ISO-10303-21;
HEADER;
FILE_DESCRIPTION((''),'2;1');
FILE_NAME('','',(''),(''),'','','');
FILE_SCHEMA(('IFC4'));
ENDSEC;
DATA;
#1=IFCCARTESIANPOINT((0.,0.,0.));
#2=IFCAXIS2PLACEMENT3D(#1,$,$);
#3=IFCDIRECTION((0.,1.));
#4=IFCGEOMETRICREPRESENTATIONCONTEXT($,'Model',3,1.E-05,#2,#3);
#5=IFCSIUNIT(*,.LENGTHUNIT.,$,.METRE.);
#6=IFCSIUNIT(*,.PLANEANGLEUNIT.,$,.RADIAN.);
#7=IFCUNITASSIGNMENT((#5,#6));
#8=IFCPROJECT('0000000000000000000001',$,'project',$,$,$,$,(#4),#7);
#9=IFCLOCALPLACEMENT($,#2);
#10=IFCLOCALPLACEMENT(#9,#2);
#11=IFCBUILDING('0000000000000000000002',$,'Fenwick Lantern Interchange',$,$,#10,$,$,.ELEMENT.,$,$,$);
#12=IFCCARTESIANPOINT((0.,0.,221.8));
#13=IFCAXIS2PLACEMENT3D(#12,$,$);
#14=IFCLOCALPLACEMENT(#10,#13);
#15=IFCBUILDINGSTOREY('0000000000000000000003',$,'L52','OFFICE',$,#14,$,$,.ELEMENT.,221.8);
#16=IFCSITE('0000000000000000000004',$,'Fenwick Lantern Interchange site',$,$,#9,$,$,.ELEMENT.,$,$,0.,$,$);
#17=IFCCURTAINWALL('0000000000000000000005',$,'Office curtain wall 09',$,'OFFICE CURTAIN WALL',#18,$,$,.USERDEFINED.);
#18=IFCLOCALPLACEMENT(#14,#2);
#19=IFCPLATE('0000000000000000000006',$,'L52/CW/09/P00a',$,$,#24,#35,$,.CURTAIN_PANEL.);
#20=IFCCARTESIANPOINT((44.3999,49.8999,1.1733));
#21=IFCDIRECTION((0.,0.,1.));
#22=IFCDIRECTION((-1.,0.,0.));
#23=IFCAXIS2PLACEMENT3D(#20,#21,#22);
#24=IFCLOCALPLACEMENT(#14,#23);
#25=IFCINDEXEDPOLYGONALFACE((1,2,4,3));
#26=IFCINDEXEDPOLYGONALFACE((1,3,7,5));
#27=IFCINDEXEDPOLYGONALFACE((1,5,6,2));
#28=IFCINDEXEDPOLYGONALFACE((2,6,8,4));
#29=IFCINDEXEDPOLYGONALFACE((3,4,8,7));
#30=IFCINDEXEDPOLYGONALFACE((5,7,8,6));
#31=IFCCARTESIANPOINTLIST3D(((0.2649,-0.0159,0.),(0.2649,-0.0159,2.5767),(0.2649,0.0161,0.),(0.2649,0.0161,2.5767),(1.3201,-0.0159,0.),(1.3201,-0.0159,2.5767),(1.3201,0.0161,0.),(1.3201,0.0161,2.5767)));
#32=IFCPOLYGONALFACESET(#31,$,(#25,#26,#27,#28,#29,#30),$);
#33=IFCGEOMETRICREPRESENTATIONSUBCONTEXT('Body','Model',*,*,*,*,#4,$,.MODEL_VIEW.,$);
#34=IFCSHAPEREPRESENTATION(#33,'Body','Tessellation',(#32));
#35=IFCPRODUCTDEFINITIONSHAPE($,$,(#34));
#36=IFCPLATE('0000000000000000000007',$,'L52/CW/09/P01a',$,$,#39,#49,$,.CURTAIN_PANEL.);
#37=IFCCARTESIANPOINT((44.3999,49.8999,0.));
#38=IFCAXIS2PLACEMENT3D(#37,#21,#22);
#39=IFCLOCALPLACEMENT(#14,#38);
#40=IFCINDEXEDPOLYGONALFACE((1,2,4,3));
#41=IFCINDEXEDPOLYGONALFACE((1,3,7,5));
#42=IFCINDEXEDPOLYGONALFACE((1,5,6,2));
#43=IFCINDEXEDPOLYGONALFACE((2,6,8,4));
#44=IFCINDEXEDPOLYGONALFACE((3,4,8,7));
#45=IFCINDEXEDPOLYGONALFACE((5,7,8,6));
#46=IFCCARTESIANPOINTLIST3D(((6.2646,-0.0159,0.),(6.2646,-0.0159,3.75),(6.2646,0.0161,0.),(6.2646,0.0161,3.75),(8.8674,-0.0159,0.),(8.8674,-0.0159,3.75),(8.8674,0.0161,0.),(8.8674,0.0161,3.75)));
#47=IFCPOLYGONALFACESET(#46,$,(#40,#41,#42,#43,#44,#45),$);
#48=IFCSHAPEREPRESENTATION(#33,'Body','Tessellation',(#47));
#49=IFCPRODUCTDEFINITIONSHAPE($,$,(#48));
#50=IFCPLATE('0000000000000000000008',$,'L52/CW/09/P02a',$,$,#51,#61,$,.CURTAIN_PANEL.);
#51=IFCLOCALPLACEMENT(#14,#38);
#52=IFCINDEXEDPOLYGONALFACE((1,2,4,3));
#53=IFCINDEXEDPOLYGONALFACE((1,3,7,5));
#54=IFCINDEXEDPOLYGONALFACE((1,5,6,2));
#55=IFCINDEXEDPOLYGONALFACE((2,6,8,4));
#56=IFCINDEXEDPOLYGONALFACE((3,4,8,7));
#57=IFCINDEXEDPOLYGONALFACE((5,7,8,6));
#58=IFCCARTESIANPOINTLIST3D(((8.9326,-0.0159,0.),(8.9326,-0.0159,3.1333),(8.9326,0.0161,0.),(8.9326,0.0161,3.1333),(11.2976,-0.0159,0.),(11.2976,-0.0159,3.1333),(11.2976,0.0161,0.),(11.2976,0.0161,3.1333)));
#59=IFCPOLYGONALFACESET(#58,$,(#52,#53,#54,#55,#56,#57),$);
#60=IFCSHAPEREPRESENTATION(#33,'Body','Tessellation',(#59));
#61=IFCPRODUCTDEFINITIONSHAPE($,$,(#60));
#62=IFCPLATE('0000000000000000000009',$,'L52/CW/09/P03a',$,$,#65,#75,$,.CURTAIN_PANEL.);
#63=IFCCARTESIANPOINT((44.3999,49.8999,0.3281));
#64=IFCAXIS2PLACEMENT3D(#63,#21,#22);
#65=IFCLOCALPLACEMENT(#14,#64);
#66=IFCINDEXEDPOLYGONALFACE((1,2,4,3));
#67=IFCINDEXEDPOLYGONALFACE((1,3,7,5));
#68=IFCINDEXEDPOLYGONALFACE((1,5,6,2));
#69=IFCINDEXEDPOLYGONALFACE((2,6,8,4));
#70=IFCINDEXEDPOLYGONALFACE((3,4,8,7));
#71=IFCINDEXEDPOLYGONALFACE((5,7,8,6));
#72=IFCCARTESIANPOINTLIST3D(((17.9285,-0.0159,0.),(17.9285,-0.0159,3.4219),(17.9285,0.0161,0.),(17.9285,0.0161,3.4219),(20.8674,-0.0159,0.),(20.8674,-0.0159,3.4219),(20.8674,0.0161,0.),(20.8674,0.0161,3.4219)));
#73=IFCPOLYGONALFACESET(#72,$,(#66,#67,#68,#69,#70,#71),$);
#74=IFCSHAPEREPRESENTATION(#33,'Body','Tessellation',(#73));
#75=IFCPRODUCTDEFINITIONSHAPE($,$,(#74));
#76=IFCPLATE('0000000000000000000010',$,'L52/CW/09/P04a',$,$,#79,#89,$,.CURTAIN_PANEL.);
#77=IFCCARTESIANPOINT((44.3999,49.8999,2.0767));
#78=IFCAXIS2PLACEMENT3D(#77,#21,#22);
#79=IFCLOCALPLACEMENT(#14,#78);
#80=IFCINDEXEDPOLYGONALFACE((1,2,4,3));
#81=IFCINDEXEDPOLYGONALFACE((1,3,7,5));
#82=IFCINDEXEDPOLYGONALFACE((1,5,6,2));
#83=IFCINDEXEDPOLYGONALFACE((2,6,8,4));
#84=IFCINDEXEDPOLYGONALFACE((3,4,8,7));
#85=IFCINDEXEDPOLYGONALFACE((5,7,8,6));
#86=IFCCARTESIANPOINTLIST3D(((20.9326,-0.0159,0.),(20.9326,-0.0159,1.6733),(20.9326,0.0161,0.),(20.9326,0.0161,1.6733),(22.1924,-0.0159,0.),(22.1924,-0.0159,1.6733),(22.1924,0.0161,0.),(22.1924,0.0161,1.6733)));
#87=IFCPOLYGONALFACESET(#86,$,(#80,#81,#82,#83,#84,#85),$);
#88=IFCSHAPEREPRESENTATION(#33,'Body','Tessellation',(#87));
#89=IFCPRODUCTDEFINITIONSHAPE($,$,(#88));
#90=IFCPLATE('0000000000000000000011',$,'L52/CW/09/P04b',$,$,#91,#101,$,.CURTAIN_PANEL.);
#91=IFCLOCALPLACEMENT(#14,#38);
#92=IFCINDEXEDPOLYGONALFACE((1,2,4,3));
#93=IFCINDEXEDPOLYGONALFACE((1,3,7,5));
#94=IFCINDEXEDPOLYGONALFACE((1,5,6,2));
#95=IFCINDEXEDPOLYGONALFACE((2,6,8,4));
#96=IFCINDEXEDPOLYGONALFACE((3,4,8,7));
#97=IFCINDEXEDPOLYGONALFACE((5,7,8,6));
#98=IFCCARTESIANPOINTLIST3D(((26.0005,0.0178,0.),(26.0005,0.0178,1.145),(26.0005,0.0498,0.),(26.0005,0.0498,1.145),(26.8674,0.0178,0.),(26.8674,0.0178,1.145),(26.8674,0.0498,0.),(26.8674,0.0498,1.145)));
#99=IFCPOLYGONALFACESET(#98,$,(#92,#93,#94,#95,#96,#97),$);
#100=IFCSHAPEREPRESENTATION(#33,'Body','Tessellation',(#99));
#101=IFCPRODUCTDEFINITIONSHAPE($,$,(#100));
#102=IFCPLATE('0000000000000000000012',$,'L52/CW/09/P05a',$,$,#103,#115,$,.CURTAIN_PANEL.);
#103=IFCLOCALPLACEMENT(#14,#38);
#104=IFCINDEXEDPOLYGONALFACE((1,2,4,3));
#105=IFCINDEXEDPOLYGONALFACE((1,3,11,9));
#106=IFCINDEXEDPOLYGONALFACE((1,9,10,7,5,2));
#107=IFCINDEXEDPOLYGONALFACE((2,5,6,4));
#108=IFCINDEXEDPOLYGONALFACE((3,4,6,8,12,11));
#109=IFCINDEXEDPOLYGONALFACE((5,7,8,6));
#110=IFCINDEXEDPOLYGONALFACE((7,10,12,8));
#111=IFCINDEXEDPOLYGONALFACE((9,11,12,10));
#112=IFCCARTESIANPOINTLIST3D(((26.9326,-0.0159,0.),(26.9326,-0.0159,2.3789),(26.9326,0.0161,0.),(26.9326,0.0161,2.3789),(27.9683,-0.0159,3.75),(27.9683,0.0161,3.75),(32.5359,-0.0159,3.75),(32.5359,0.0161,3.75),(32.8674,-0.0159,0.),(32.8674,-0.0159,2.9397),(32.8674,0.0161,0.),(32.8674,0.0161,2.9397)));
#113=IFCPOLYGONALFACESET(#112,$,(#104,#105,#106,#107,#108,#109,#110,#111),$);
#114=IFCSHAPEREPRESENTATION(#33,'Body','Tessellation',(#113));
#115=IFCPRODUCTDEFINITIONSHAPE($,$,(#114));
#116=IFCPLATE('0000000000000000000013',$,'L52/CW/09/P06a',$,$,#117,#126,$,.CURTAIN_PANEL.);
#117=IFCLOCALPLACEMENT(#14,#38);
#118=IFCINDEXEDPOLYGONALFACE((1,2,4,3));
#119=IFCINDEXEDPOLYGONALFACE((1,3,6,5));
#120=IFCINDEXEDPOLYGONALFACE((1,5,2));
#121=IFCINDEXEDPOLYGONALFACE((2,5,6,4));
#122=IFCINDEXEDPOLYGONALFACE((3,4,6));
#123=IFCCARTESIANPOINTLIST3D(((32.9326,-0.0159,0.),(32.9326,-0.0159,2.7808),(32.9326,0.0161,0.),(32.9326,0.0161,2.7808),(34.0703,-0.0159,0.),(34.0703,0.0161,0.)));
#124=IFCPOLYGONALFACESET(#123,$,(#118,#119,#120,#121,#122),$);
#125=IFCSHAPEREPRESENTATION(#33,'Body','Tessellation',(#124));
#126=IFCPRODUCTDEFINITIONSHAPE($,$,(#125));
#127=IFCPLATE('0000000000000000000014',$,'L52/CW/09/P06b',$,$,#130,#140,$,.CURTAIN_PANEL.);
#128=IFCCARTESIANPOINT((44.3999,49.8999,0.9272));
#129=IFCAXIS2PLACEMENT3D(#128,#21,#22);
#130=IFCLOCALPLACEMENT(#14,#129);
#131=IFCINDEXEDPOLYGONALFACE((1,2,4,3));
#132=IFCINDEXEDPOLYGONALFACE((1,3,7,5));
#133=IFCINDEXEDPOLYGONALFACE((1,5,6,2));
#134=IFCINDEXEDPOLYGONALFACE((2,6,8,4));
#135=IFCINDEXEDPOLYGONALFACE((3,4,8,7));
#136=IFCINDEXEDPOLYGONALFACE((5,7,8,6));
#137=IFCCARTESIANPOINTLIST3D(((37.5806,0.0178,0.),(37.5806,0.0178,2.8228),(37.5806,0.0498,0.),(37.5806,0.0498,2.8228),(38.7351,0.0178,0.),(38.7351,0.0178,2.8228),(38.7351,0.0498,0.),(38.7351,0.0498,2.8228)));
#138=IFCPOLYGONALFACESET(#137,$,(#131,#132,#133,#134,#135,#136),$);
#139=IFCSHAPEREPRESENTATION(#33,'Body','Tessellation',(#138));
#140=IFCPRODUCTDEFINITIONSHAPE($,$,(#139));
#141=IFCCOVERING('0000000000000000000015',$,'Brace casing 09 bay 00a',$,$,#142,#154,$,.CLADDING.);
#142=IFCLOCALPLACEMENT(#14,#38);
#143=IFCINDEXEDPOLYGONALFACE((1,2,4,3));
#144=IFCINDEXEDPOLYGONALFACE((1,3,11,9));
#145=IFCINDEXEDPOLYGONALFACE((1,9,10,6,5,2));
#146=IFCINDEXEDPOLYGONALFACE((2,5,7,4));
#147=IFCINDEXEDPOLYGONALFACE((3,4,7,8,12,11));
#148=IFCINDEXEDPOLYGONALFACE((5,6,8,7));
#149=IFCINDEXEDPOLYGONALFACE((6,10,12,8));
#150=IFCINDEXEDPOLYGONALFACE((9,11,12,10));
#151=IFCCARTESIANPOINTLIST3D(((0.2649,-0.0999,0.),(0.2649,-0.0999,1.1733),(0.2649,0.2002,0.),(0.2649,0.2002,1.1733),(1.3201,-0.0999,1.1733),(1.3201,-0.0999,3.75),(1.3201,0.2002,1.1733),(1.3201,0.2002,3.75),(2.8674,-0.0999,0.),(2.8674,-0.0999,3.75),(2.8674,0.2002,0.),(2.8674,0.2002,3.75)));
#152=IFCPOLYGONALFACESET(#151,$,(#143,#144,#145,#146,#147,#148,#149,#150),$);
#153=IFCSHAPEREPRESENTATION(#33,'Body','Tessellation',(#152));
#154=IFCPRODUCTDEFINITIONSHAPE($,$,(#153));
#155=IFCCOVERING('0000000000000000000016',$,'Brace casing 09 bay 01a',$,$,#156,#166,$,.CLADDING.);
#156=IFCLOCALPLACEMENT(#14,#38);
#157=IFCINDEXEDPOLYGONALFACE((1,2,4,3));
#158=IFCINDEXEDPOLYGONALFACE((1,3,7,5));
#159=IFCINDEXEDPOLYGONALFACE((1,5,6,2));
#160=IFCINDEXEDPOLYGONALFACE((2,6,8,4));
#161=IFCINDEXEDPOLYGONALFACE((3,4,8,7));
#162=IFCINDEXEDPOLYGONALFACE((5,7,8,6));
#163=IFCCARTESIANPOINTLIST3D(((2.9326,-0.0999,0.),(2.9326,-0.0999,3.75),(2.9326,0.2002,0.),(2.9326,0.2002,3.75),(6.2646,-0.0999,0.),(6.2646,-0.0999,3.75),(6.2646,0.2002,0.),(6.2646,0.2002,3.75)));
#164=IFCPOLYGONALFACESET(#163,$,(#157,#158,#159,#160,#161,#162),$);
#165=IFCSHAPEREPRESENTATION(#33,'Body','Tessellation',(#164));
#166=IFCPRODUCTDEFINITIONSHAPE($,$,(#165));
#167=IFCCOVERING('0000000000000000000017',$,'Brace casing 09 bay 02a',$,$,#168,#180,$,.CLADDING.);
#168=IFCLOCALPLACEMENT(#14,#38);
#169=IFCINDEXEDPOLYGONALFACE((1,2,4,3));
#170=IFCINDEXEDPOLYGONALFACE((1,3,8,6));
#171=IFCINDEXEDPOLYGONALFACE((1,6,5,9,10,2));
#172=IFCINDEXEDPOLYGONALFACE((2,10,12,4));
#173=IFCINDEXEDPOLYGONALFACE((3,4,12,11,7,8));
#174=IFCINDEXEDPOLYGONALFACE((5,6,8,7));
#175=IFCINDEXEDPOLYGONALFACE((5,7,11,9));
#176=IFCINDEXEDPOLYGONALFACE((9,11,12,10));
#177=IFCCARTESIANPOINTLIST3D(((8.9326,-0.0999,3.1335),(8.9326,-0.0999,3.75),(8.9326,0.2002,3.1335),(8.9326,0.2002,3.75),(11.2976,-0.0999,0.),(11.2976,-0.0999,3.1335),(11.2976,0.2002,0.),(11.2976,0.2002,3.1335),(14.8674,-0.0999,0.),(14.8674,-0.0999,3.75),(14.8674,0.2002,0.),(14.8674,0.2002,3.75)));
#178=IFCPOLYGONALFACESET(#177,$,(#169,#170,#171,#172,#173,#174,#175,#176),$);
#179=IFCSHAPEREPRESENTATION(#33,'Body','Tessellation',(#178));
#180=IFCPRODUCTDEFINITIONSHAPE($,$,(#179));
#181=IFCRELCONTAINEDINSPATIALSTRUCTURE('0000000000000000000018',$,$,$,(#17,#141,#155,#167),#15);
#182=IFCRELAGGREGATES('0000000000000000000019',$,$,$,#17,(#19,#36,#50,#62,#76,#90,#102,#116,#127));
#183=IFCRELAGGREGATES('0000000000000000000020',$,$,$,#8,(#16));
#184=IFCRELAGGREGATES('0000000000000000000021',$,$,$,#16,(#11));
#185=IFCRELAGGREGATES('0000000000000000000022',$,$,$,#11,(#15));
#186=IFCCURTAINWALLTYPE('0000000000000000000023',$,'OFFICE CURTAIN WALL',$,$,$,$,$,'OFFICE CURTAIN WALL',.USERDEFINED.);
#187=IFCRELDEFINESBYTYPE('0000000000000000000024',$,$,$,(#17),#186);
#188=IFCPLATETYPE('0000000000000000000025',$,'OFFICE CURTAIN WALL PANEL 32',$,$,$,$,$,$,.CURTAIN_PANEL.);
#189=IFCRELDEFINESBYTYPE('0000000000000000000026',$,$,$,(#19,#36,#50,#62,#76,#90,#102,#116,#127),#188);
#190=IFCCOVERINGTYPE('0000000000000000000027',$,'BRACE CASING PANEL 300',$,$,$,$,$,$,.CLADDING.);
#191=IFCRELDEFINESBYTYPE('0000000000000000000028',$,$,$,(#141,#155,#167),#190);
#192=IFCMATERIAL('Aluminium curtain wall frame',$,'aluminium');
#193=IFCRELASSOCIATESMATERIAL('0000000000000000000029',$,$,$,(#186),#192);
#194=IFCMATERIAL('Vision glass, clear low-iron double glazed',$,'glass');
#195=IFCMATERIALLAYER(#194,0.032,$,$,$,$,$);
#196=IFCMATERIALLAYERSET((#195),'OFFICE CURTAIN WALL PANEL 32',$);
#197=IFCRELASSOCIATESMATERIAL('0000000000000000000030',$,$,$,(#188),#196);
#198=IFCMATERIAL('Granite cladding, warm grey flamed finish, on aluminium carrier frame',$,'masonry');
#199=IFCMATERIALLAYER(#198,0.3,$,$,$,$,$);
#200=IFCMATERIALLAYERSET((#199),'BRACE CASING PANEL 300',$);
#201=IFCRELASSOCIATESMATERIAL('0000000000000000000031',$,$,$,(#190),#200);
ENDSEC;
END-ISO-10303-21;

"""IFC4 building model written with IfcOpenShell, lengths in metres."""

from ifc_helpers import new_model, si_unit, direction, frame, origin, place, context, subcontext, project, spatial, polyline, outline, extrude, material, layer, layer_set, type_object, element, aggregate, save


model = new_model("IFC4")

# Units and contexts
model_context = context("Model", 3, precision=1e-05, world=origin(), true_north=direction((0.0, 1.0)))
body_context = subcontext(model_context, "Body", "Model", "MODEL_VIEW")
ifc_project = project(units=[si_unit("LENGTHUNIT", "METRE"), si_unit("PLANEANGLEUNIT", "RADIAN")], contexts=[model_context])

# Site, building, storey
site_placement = place(None, origin())
site = spatial("IfcSite", under=ifc_project, at=site_placement, Name="Fenwick Lantern Interchange site", CompositionType="ELEMENT", RefElevation=0.0)
building_placement = place(site_placement, origin())
building = spatial("IfcBuilding", under=site, at=building_placement, Name="Fenwick Lantern Interchange", CompositionType="ELEMENT")
storey_placement = place(building_placement, frame((0.0, 0.0, 221.8)))
storey = spatial("IfcBuildingStorey", under=building, at=storey_placement, Name="L52", Description="OFFICE", CompositionType="ELEMENT", Elevation=221.8)

# Shared definitions
ifc_material_1 = material(Name="Aluminium curtain wall frame", Category="aluminium")
curtain_wall_type = type_object("IfcCurtainWallType", Name="OFFICE CURTAIN WALL", ElementType="OFFICE CURTAIN WALL", PredefinedType="USERDEFINED", material=ifc_material_1)

# Curtain wall
curtain_wall_1_placement = place(storey_placement, origin())
curtain_wall_1 = element("IfcCurtainWall", 1, at=curtain_wall_1_placement, inside=storey, type_object=curtain_wall_type, Name="Office curtain wall 09", ObjectType="OFFICE CURTAIN WALL", PredefinedType="USERDEFINED")

# Plates
ifc_material_2 = material(Name="Vision glass, clear low-iron double glazed", Category="glass")
ifc_layer_1 = layer(ifc_material_2, 0.032)
ifc_layer_set_1 = layer_set([ifc_layer_1], Name="OFFICE CURTAIN WALL PANEL 32")
plate_type = type_object("IfcPlateType", Name="OFFICE CURTAIN WALL PANEL 32", PredefinedType="CURTAIN_PANEL", material=ifc_layer_set_1)
plate_1_placement = place(storey_placement, frame((44.3999, 49.8999, 1.1733), z_axis=(0.0, 0.0, 1.0), x_axis=(-1.0, 0.0, 0.0)))
plate_1 = element("IfcPlate", 2, at=plate_1_placement, type_object=plate_type, Name="L52/CW/09/P00a", PredefinedType="CURTAIN_PANEL", context=body_context, shape_type="SweptSolid", body=[
    extrude(outline(polyline([(0.2649, 0.0), (1.3201, 0.0), (1.3201, 2.5767), (0.2649, 2.5767), (0.2649, 0.0)])), frame((0.0, 0.0161, 0.0), z_axis=(0.0, -1.0, 0.0), x_axis=(1.0, 0.0, 0.0)), (0.0, 0.0, 1.0), 0.032),
])
plate_2_placement = place(storey_placement, frame((44.3999, 49.8999, 0.0), z_axis=(0.0, 0.0, 1.0), x_axis=(-1.0, 0.0, 0.0)))
plate_2 = element("IfcPlate", 3, at=plate_2_placement, type_object=plate_type, Name="L52/CW/09/P01a", PredefinedType="CURTAIN_PANEL", context=body_context, shape_type="SweptSolid", body=[
    extrude(outline(polyline([(6.2646, 0.0), (8.8674, 0.0), (8.8674, 3.75), (6.2646, 3.75), (6.2646, 0.0)])), frame((0.0, 0.0161, 0.0), z_axis=(0.0, -1.0, 0.0), x_axis=(1.0, 0.0, 0.0)), (0.0, 0.0, 1.0), 0.032),
])
plate_3_placement = place(storey_placement, frame((44.3999, 49.8999, 0.0), z_axis=(0.0, 0.0, 1.0), x_axis=(-1.0, 0.0, 0.0)))
plate_3 = element("IfcPlate", 4, at=plate_3_placement, type_object=plate_type, Name="L52/CW/09/P02a", PredefinedType="CURTAIN_PANEL", context=body_context, shape_type="SweptSolid", body=[
    extrude(outline(polyline([(8.9326, 0.0), (11.2976, 0.0), (11.2976, 3.1333), (8.9326, 3.1333), (8.9326, 0.0)])), frame((0.0, 0.0161, 0.0), z_axis=(0.0, -1.0, 0.0), x_axis=(1.0, 0.0, 0.0)), (0.0, 0.0, 1.0), 0.032),
])
plate_4_placement = place(storey_placement, frame((44.3999, 49.8999, 0.3281), z_axis=(0.0, 0.0, 1.0), x_axis=(-1.0, 0.0, 0.0)))
plate_4 = element("IfcPlate", 5, at=plate_4_placement, type_object=plate_type, Name="L52/CW/09/P03a", PredefinedType="CURTAIN_PANEL", context=body_context, shape_type="SweptSolid", body=[
    extrude(outline(polyline([(17.9285, 0.0), (20.8674, 0.0), (20.8674, 3.4219), (17.9285, 3.4219), (17.9285, 0.0)])), frame((0.0, 0.0161, 0.0), z_axis=(0.0, -1.0, 0.0), x_axis=(1.0, 0.0, 0.0)), (0.0, 0.0, 1.0), 0.032),
])
plate_5_placement = place(storey_placement, frame((44.3999, 49.8999, 2.0767), z_axis=(0.0, 0.0, 1.0), x_axis=(-1.0, 0.0, 0.0)))
plate_5 = element("IfcPlate", 6, at=plate_5_placement, type_object=plate_type, Name="L52/CW/09/P04a", PredefinedType="CURTAIN_PANEL", context=body_context, shape_type="SweptSolid", body=[
    extrude(outline(polyline([(20.9326, 0.0), (22.1924, 0.0), (22.1924, 1.6733), (20.9326, 1.6733), (20.9326, 0.0)])), frame((0.0, 0.0161, 0.0), z_axis=(0.0, -1.0, 0.0), x_axis=(1.0, 0.0, 0.0)), (0.0, 0.0, 1.0), 0.032),
])
plate_6_placement = place(storey_placement, frame((44.3999, 49.8999, 0.0), z_axis=(0.0, 0.0, 1.0), x_axis=(-1.0, 0.0, 0.0)))
plate_6 = element("IfcPlate", 7, at=plate_6_placement, type_object=plate_type, Name="L52/CW/09/P04b", PredefinedType="CURTAIN_PANEL", context=body_context, shape_type="SweptSolid", body=[
    extrude(outline(polyline([(26.0005, 0.0), (26.8674, 0.0), (26.8674, 1.145), (26.0005, 1.145), (26.0005, 0.0)])), frame((0.0, 0.0498, 0.0), z_axis=(0.0, -1.0, 0.0), x_axis=(1.0, 0.0, 0.0)), (0.0, 0.0, 1.0), 0.032),
])
plate_7_placement = place(storey_placement, frame((44.3999, 49.8999, 0.0), z_axis=(0.0, 0.0, 1.0), x_axis=(-1.0, 0.0, 0.0)))
plate_7 = element("IfcPlate", 8, at=plate_7_placement, type_object=plate_type, Name="L52/CW/09/P05a", PredefinedType="CURTAIN_PANEL", context=body_context, shape_type="SweptSolid", body=[
    extrude(outline(polyline([(26.9326, 0.0), (32.8674, 0.0), (32.8674, 2.9397), (32.5359, 3.75), (27.9683, 3.75), (26.9326, 2.3789), (26.9326, 0.0)])), frame((0.0, 0.0161, 0.0), z_axis=(0.0, -1.0, 0.0), x_axis=(1.0, 0.0, 0.0)), (0.0, 0.0, 1.0), 0.032),
])
plate_8_placement = place(storey_placement, frame((44.3999, 49.8999, 0.0), z_axis=(0.0, 0.0, 1.0), x_axis=(-1.0, 0.0, 0.0)))
plate_8 = element("IfcPlate", 9, at=plate_8_placement, type_object=plate_type, Name="L52/CW/09/P06a", PredefinedType="CURTAIN_PANEL", context=body_context, shape_type="SweptSolid", body=[
    extrude(outline(polyline([(32.9326, 0.0), (34.0703, 0.0), (32.9326, 2.7808), (32.9326, 0.0)])), frame((0.0, 0.0161, 0.0), z_axis=(0.0, -1.0, 0.0), x_axis=(1.0, 0.0, 0.0)), (0.0, 0.0, 1.0), 0.032),
])
plate_9_placement = place(storey_placement, frame((44.3999, 49.8999, 0.9272), z_axis=(0.0, 0.0, 1.0), x_axis=(-1.0, 0.0, 0.0)))
plate_9 = element("IfcPlate", 10, at=plate_9_placement, type_object=plate_type, Name="L52/CW/09/P06b", PredefinedType="CURTAIN_PANEL", context=body_context, shape_type="SweptSolid", body=[
    extrude(outline(polyline([(37.5806, 0.0), (38.7351, 0.0), (38.7351, 2.8228), (37.5806, 2.8228), (37.5806, 0.0)])), frame((0.0, 0.0498, 0.0), z_axis=(0.0, -1.0, 0.0), x_axis=(1.0, 0.0, 0.0)), (0.0, 0.0, 1.0), 0.032),
])
aggregate(curtain_wall_1, [plate_1, plate_2, plate_3, plate_4, plate_5, plate_6, plate_7, plate_8, plate_9])

# Coverings
ifc_material_3 = material(Name="Granite cladding, warm grey flamed finish, on aluminium carrier frame", Category="masonry")
ifc_layer_2 = layer(ifc_material_3, 0.3)
ifc_layer_set_2 = layer_set([ifc_layer_2], Name="BRACE CASING PANEL 300")
covering_type = type_object("IfcCoveringType", Name="BRACE CASING PANEL 300", PredefinedType="CLADDING", material=ifc_layer_set_2)
covering_1_placement = place(storey_placement, frame((44.3999, 49.8999, 0.0), z_axis=(0.0, 0.0, 1.0), x_axis=(-1.0, 0.0, 0.0)))
element("IfcCovering", 11, at=covering_1_placement, inside=storey, type_object=covering_type, Name="Brace casing 09 bay 00a", PredefinedType="CLADDING", context=body_context, shape_type="SweptSolid", body=[
    extrude(outline(polyline([(0.2649, 0.0), (2.8674, 0.0), (2.8674, 3.75), (1.3201, 3.75), (1.3201, 1.1733), (0.2649, 1.1733), (0.2649, 0.0)])), frame((0.0, 0.2002, 0.0), z_axis=(0.0, -1.0, 0.0), x_axis=(1.0, 0.0, 0.0)), (0.0, 0.0, 1.0), 0.3),
])
covering_2_placement = place(storey_placement, frame((44.3999, 49.8999, 0.0), z_axis=(0.0, 0.0, 1.0), x_axis=(-1.0, 0.0, 0.0)))
element("IfcCovering", 12, at=covering_2_placement, inside=storey, type_object=covering_type, Name="Brace casing 09 bay 01a", PredefinedType="CLADDING", context=body_context, shape_type="SweptSolid", body=[
    extrude(outline(polyline([(2.9326, 0.0), (6.2646, 0.0), (6.2646, 3.75), (2.9326, 3.75), (2.9326, 0.0)])), frame((0.0, 0.2002, 0.0), z_axis=(0.0, -1.0, 0.0), x_axis=(1.0, 0.0, 0.0)), (0.0, 0.0, 1.0), 0.3),
])
covering_3_placement = place(storey_placement, frame((44.3999, 49.8999, 0.0), z_axis=(0.0, 0.0, 1.0), x_axis=(-1.0, 0.0, 0.0)))
element("IfcCovering", 13, at=covering_3_placement, inside=storey, type_object=covering_type, Name="Brace casing 09 bay 02a", PredefinedType="CLADDING", context=body_context, shape_type="SweptSolid", body=[
    extrude(outline(polyline([(11.2976, 0.0), (14.8674, 0.0), (14.8674, 3.75), (8.9326, 3.75), (8.9326, 3.1335), (11.2976, 3.1335), (11.2976, 0.0)])), frame((0.0, 0.2002, 0.0), z_axis=(0.0, -1.0, 0.0), x_axis=(1.0, 0.0, 0.0)), (0.0, 0.0, 1.0), 0.3),
])

save(model, "model.ifc")
